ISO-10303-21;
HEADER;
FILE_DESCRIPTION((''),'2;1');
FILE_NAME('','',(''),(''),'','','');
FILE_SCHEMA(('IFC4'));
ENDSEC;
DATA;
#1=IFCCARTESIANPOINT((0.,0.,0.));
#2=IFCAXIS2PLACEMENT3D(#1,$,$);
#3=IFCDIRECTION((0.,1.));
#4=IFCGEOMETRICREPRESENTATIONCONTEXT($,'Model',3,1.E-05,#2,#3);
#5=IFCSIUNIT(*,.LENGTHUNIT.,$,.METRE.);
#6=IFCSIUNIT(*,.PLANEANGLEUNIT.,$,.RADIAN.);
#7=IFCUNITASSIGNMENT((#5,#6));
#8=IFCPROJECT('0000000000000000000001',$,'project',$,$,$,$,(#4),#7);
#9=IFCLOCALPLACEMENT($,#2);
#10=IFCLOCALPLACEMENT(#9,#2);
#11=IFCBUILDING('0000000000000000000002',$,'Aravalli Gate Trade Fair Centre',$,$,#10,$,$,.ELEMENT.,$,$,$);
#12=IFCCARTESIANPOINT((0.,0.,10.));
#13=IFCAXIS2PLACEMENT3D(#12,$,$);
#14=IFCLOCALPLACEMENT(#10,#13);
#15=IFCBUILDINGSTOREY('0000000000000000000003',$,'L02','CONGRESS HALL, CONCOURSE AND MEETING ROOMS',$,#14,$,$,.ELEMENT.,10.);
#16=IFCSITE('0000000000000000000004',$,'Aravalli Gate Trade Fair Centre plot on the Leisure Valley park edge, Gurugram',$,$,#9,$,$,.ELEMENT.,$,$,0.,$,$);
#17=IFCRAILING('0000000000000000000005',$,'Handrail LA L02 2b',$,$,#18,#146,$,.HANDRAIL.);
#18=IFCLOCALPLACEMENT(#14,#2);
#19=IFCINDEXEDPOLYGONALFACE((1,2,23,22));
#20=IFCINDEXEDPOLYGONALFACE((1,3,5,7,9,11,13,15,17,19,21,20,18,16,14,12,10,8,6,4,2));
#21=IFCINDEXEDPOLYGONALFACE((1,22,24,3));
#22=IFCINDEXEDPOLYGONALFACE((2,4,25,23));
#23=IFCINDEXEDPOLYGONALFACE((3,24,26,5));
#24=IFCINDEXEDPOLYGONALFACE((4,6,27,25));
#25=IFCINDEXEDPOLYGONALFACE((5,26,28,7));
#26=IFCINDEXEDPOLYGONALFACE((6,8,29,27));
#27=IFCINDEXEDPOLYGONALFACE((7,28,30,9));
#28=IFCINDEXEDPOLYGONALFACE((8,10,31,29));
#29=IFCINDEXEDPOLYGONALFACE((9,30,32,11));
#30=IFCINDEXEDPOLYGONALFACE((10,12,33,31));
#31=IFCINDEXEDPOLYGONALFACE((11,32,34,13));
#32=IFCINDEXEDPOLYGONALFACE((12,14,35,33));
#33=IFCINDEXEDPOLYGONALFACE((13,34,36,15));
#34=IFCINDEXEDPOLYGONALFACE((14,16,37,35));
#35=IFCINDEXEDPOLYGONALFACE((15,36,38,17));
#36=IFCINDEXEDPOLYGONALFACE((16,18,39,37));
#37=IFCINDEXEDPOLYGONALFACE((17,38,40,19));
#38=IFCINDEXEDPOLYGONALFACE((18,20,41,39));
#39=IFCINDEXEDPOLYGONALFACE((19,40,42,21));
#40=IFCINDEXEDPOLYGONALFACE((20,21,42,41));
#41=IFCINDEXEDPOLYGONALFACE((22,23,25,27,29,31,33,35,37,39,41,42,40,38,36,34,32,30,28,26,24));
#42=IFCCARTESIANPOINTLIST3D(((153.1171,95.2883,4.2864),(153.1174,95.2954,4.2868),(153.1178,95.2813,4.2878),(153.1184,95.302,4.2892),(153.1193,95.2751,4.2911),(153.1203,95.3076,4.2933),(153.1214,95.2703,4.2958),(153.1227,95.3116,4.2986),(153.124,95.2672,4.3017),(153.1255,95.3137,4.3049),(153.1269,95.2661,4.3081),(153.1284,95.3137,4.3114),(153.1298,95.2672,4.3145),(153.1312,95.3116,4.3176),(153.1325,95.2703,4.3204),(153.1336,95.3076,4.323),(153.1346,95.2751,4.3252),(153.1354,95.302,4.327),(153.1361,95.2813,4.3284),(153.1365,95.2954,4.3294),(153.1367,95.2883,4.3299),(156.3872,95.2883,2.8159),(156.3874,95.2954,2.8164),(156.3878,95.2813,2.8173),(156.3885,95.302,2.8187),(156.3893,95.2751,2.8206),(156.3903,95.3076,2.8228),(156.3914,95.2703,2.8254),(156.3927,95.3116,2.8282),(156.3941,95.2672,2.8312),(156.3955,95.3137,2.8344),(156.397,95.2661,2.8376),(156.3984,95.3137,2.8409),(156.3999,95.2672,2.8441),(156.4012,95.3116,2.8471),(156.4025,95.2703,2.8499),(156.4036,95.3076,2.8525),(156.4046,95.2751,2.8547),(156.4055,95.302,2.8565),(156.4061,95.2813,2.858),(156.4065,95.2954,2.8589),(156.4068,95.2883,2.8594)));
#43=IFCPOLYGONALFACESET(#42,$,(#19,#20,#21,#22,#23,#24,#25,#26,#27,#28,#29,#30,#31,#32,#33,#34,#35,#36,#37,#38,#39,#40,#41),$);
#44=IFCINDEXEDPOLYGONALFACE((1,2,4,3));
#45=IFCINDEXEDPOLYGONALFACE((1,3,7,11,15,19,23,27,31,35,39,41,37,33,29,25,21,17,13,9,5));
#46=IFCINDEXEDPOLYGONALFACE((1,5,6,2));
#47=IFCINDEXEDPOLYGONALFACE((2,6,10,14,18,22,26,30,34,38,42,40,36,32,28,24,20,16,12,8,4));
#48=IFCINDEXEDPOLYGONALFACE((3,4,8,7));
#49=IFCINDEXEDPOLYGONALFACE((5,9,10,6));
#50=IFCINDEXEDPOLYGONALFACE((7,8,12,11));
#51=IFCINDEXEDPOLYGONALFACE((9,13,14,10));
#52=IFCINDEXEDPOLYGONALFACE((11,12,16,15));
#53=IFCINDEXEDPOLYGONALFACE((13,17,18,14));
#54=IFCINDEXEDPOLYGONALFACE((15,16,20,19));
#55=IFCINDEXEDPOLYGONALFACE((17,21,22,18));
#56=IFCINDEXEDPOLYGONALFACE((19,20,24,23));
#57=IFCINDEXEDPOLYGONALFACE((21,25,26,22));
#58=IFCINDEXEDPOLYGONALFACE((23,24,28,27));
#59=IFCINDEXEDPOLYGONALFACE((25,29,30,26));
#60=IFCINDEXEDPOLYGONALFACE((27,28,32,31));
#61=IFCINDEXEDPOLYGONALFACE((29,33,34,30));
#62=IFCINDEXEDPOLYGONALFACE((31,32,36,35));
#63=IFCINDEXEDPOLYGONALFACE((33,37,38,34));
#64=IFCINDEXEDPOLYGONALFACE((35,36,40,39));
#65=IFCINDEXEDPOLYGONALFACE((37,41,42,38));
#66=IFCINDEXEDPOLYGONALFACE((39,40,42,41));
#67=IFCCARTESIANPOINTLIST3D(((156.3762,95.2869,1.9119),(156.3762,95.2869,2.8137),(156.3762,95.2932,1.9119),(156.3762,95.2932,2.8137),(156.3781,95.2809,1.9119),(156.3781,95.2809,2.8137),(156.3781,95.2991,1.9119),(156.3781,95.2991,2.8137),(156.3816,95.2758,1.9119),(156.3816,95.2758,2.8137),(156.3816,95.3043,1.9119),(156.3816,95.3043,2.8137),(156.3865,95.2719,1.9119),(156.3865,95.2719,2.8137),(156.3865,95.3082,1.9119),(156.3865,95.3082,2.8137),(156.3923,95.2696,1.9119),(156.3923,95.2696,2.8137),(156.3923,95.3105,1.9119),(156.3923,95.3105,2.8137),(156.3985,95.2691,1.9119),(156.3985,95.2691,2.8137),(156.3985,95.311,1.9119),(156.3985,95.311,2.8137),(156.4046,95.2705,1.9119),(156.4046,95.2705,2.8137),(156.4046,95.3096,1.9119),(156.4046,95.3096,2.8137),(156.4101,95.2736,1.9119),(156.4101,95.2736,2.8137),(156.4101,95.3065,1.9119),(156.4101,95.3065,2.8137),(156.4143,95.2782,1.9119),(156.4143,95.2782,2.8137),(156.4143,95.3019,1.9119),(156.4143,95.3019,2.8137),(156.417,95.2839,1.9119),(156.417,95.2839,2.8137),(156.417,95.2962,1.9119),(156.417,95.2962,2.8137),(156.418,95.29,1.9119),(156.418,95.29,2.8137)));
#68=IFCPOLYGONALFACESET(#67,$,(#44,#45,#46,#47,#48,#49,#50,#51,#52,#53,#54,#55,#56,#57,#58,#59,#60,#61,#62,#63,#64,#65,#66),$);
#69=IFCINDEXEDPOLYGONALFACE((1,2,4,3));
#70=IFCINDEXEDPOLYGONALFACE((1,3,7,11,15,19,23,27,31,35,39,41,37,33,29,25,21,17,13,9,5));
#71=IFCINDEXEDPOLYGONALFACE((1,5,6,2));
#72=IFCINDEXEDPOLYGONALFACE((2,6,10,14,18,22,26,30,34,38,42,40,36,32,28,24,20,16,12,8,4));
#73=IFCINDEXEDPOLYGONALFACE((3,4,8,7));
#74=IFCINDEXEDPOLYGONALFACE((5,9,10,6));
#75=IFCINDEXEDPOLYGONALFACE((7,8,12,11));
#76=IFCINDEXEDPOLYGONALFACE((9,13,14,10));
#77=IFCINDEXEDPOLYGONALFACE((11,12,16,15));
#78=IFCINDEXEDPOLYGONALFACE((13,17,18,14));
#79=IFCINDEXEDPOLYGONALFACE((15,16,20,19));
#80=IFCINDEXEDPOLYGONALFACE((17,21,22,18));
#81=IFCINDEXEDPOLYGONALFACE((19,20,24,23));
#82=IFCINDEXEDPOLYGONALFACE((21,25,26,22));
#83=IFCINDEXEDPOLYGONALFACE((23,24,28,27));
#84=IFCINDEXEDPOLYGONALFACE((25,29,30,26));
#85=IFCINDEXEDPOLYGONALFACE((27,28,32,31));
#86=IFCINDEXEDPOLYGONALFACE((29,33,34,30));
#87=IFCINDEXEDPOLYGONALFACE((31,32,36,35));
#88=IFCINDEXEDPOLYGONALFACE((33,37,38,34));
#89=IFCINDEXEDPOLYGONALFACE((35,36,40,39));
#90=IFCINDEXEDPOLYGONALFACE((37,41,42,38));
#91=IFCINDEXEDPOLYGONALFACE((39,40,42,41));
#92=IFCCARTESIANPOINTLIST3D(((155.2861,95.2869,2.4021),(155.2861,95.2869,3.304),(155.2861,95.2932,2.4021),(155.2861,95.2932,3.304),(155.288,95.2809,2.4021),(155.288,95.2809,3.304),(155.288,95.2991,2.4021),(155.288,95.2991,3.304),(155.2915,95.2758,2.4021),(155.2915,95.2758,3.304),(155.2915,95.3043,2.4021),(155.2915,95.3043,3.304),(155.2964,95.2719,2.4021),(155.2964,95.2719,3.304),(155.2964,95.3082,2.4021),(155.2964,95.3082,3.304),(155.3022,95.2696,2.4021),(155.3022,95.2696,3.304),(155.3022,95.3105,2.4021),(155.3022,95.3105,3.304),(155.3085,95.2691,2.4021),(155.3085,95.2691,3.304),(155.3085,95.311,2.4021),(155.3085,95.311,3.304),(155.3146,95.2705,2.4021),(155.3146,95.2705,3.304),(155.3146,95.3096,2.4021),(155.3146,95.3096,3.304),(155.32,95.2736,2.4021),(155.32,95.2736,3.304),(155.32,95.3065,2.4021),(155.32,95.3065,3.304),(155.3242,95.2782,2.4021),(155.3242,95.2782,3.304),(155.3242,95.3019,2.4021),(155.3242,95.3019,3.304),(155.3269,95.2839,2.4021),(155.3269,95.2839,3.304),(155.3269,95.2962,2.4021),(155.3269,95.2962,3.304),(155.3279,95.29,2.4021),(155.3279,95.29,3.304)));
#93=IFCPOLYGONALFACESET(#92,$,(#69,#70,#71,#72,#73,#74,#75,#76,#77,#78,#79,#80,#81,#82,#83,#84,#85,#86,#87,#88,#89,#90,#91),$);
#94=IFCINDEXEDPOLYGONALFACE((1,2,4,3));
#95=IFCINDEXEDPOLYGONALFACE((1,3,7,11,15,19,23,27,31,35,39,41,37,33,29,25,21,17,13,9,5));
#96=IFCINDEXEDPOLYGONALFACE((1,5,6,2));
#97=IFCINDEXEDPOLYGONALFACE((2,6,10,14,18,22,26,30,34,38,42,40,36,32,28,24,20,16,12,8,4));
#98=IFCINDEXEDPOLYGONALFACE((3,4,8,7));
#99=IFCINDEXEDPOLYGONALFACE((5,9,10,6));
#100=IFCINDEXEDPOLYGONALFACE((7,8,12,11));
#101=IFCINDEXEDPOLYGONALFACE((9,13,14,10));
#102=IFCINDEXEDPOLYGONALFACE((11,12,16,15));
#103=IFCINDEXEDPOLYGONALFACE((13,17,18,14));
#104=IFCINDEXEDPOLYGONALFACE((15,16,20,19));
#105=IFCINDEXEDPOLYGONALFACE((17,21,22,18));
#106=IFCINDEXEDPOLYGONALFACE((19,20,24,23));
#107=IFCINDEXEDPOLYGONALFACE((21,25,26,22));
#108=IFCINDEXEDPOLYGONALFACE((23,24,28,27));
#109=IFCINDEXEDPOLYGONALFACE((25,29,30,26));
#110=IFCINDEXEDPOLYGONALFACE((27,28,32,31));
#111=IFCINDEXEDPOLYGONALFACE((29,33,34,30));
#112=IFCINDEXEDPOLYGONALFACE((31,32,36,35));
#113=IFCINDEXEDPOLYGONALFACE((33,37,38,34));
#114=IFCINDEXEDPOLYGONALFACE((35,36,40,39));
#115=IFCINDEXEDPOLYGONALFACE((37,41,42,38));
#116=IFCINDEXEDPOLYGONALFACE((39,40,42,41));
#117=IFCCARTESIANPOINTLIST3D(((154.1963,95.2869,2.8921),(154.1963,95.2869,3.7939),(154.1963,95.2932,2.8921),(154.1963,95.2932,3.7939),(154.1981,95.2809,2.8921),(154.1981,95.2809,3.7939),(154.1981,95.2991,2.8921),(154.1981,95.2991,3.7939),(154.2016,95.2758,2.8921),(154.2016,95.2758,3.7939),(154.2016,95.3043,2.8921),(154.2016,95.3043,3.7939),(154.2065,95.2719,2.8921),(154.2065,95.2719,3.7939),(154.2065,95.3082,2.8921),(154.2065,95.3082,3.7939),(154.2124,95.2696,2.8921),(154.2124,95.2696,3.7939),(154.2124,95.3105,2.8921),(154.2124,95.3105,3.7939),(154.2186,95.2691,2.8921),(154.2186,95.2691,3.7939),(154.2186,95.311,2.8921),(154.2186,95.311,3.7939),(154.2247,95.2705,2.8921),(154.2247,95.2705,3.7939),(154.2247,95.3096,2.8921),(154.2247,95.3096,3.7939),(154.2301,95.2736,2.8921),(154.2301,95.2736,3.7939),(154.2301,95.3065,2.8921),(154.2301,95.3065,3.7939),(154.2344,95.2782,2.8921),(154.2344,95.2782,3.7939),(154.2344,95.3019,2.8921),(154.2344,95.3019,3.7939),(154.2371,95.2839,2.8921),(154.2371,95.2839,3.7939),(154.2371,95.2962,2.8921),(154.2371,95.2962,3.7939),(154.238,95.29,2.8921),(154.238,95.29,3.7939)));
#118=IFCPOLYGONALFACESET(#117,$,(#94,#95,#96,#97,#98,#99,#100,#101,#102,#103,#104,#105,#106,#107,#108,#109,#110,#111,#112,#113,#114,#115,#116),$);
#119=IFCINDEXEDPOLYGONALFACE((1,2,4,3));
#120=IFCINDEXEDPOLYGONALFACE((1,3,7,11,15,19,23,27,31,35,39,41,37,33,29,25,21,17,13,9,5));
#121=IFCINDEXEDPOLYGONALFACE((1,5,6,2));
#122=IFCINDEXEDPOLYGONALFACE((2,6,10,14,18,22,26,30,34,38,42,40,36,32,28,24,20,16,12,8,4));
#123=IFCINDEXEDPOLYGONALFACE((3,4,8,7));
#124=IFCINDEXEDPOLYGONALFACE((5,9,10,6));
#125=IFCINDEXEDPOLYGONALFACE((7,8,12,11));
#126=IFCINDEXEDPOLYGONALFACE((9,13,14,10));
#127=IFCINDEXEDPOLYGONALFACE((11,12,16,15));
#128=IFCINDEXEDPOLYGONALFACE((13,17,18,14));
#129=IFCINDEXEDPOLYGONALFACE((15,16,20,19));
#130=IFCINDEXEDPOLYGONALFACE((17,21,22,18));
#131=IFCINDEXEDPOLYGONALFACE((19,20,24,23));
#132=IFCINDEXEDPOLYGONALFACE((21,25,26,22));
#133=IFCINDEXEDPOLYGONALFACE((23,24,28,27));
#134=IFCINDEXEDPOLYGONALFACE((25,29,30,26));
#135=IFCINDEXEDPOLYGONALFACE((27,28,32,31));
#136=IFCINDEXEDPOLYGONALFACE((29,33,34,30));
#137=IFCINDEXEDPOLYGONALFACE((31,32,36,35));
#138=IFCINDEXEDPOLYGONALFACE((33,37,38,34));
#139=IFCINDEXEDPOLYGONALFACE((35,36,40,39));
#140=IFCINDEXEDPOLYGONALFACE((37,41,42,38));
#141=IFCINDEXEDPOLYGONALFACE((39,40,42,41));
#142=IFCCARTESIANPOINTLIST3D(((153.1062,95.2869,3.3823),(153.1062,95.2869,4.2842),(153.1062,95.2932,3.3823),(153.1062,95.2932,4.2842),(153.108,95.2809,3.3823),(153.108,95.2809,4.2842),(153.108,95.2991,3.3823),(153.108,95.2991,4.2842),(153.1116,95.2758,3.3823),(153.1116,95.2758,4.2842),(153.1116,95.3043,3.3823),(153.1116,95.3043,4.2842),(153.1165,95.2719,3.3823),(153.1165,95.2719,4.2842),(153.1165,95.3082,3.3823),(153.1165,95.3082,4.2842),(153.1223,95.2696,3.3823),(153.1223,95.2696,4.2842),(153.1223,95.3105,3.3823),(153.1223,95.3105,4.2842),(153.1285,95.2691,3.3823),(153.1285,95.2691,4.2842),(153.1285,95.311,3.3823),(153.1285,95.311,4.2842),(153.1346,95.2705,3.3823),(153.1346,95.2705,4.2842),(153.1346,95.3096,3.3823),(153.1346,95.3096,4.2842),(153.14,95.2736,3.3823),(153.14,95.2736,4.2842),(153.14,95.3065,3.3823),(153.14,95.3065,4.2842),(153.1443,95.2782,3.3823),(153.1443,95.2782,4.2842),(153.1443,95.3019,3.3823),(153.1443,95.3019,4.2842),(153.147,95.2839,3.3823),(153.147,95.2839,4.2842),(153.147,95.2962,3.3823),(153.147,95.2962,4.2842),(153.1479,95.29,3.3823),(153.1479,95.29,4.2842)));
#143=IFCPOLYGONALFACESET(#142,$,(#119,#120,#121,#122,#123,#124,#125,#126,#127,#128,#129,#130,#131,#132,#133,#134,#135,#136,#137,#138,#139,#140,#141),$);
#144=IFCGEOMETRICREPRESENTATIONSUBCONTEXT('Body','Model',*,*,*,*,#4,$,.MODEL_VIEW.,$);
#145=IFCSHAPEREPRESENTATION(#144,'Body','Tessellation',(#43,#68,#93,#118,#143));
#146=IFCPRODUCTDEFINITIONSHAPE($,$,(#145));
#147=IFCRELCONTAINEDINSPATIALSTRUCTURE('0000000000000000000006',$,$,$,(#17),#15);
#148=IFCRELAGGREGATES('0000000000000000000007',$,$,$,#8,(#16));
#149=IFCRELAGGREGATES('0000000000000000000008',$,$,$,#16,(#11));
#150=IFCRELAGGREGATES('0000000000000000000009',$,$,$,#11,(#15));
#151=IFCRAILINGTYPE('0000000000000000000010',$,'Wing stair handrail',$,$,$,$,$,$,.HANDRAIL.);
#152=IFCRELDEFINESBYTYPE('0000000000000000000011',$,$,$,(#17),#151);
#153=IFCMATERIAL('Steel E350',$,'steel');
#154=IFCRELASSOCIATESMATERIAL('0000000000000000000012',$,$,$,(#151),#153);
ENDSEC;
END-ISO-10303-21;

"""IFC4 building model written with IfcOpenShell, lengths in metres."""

from ifc_helpers import new_model, si_unit, direction, frame, origin, origin_2d, place, context, subcontext, project, spatial, circle, extrude, material, type_object, element, save


model = new_model("IFC4")

# Units and contexts
model_context = context("Model", 3, precision=1e-05, world=origin(), true_north=direction((0.0, 1.0)))
body_context = subcontext(model_context, "Body", "Model", "MODEL_VIEW")
ifc_project = project(units=[si_unit("LENGTHUNIT", "METRE"), si_unit("PLANEANGLEUNIT", "RADIAN")], contexts=[model_context])

# Site, building, storey
site_placement = place(None, origin())
site = spatial("IfcSite", under=ifc_project, at=site_placement, Name="Aravalli Gate Trade Fair Centre plot on the Leisure Valley park edge, Gurugram", CompositionType="ELEMENT", RefElevation=0.0)
building_placement = place(site_placement, origin())
building = spatial("IfcBuilding", under=site, at=building_placement, Name="Aravalli Gate Trade Fair Centre", CompositionType="ELEMENT")
storey_placement = place(building_placement, frame((0.0, 0.0, 10.0)))
storey = spatial("IfcBuildingStorey", under=building, at=storey_placement, Name="L02", Description="CONGRESS HALL, CONCOURSE AND MEETING ROOMS", CompositionType="ELEMENT", Elevation=10.0)

# Shared definitions
ifc_material_1 = material(Name="Steel E350", Category="steel")

# Railing
railing_type_1 = type_object("IfcRailingType", Name="Wing stair handrail", PredefinedType="HANDRAIL", material=ifc_material_1)
for number, where, name in (
    (1, (156.397, 95.29, 1.9119), "Handrail LA L02 2b"),
):
    element("IfcRailing", number, at=place(storey_placement, frame(where)), inside=storey, type_object=railing_type_1, Name=name, PredefinedType="HANDRAIL", context=body_context, shape_type="SweptSolid", body=[
        extrude(circle(Radius=0.0239, at=origin_2d()), frame((0.0, 0.0, 0.9258), z_axis=(-0.912031, 0.0, 0.410121), x_axis=(0.0, -1.0, 0.0)), (0.0, 0.0, 1.0), 3.5854),
        extrude(circle(Radius=0.021, at=origin_2d()), origin(), (0.0, 0.0, 1.0), 0.9019),
        extrude(circle(Radius=0.021, at=origin_2d()), frame((-1.0901, 0.0, 0.4902)), (0.0, 0.0, 1.0), 0.9019),
        extrude(circle(Radius=0.021, at=origin_2d()), frame((-2.1799, 0.0, 0.9802)), (0.0, 0.0, 1.0), 0.9019),
        extrude(circle(Radius=0.021, at=origin_2d()), frame((-3.27, 0.0, 1.4705)), (0.0, 0.0, 1.0), 0.9019),
    ])

save(model, "model.ifc")
